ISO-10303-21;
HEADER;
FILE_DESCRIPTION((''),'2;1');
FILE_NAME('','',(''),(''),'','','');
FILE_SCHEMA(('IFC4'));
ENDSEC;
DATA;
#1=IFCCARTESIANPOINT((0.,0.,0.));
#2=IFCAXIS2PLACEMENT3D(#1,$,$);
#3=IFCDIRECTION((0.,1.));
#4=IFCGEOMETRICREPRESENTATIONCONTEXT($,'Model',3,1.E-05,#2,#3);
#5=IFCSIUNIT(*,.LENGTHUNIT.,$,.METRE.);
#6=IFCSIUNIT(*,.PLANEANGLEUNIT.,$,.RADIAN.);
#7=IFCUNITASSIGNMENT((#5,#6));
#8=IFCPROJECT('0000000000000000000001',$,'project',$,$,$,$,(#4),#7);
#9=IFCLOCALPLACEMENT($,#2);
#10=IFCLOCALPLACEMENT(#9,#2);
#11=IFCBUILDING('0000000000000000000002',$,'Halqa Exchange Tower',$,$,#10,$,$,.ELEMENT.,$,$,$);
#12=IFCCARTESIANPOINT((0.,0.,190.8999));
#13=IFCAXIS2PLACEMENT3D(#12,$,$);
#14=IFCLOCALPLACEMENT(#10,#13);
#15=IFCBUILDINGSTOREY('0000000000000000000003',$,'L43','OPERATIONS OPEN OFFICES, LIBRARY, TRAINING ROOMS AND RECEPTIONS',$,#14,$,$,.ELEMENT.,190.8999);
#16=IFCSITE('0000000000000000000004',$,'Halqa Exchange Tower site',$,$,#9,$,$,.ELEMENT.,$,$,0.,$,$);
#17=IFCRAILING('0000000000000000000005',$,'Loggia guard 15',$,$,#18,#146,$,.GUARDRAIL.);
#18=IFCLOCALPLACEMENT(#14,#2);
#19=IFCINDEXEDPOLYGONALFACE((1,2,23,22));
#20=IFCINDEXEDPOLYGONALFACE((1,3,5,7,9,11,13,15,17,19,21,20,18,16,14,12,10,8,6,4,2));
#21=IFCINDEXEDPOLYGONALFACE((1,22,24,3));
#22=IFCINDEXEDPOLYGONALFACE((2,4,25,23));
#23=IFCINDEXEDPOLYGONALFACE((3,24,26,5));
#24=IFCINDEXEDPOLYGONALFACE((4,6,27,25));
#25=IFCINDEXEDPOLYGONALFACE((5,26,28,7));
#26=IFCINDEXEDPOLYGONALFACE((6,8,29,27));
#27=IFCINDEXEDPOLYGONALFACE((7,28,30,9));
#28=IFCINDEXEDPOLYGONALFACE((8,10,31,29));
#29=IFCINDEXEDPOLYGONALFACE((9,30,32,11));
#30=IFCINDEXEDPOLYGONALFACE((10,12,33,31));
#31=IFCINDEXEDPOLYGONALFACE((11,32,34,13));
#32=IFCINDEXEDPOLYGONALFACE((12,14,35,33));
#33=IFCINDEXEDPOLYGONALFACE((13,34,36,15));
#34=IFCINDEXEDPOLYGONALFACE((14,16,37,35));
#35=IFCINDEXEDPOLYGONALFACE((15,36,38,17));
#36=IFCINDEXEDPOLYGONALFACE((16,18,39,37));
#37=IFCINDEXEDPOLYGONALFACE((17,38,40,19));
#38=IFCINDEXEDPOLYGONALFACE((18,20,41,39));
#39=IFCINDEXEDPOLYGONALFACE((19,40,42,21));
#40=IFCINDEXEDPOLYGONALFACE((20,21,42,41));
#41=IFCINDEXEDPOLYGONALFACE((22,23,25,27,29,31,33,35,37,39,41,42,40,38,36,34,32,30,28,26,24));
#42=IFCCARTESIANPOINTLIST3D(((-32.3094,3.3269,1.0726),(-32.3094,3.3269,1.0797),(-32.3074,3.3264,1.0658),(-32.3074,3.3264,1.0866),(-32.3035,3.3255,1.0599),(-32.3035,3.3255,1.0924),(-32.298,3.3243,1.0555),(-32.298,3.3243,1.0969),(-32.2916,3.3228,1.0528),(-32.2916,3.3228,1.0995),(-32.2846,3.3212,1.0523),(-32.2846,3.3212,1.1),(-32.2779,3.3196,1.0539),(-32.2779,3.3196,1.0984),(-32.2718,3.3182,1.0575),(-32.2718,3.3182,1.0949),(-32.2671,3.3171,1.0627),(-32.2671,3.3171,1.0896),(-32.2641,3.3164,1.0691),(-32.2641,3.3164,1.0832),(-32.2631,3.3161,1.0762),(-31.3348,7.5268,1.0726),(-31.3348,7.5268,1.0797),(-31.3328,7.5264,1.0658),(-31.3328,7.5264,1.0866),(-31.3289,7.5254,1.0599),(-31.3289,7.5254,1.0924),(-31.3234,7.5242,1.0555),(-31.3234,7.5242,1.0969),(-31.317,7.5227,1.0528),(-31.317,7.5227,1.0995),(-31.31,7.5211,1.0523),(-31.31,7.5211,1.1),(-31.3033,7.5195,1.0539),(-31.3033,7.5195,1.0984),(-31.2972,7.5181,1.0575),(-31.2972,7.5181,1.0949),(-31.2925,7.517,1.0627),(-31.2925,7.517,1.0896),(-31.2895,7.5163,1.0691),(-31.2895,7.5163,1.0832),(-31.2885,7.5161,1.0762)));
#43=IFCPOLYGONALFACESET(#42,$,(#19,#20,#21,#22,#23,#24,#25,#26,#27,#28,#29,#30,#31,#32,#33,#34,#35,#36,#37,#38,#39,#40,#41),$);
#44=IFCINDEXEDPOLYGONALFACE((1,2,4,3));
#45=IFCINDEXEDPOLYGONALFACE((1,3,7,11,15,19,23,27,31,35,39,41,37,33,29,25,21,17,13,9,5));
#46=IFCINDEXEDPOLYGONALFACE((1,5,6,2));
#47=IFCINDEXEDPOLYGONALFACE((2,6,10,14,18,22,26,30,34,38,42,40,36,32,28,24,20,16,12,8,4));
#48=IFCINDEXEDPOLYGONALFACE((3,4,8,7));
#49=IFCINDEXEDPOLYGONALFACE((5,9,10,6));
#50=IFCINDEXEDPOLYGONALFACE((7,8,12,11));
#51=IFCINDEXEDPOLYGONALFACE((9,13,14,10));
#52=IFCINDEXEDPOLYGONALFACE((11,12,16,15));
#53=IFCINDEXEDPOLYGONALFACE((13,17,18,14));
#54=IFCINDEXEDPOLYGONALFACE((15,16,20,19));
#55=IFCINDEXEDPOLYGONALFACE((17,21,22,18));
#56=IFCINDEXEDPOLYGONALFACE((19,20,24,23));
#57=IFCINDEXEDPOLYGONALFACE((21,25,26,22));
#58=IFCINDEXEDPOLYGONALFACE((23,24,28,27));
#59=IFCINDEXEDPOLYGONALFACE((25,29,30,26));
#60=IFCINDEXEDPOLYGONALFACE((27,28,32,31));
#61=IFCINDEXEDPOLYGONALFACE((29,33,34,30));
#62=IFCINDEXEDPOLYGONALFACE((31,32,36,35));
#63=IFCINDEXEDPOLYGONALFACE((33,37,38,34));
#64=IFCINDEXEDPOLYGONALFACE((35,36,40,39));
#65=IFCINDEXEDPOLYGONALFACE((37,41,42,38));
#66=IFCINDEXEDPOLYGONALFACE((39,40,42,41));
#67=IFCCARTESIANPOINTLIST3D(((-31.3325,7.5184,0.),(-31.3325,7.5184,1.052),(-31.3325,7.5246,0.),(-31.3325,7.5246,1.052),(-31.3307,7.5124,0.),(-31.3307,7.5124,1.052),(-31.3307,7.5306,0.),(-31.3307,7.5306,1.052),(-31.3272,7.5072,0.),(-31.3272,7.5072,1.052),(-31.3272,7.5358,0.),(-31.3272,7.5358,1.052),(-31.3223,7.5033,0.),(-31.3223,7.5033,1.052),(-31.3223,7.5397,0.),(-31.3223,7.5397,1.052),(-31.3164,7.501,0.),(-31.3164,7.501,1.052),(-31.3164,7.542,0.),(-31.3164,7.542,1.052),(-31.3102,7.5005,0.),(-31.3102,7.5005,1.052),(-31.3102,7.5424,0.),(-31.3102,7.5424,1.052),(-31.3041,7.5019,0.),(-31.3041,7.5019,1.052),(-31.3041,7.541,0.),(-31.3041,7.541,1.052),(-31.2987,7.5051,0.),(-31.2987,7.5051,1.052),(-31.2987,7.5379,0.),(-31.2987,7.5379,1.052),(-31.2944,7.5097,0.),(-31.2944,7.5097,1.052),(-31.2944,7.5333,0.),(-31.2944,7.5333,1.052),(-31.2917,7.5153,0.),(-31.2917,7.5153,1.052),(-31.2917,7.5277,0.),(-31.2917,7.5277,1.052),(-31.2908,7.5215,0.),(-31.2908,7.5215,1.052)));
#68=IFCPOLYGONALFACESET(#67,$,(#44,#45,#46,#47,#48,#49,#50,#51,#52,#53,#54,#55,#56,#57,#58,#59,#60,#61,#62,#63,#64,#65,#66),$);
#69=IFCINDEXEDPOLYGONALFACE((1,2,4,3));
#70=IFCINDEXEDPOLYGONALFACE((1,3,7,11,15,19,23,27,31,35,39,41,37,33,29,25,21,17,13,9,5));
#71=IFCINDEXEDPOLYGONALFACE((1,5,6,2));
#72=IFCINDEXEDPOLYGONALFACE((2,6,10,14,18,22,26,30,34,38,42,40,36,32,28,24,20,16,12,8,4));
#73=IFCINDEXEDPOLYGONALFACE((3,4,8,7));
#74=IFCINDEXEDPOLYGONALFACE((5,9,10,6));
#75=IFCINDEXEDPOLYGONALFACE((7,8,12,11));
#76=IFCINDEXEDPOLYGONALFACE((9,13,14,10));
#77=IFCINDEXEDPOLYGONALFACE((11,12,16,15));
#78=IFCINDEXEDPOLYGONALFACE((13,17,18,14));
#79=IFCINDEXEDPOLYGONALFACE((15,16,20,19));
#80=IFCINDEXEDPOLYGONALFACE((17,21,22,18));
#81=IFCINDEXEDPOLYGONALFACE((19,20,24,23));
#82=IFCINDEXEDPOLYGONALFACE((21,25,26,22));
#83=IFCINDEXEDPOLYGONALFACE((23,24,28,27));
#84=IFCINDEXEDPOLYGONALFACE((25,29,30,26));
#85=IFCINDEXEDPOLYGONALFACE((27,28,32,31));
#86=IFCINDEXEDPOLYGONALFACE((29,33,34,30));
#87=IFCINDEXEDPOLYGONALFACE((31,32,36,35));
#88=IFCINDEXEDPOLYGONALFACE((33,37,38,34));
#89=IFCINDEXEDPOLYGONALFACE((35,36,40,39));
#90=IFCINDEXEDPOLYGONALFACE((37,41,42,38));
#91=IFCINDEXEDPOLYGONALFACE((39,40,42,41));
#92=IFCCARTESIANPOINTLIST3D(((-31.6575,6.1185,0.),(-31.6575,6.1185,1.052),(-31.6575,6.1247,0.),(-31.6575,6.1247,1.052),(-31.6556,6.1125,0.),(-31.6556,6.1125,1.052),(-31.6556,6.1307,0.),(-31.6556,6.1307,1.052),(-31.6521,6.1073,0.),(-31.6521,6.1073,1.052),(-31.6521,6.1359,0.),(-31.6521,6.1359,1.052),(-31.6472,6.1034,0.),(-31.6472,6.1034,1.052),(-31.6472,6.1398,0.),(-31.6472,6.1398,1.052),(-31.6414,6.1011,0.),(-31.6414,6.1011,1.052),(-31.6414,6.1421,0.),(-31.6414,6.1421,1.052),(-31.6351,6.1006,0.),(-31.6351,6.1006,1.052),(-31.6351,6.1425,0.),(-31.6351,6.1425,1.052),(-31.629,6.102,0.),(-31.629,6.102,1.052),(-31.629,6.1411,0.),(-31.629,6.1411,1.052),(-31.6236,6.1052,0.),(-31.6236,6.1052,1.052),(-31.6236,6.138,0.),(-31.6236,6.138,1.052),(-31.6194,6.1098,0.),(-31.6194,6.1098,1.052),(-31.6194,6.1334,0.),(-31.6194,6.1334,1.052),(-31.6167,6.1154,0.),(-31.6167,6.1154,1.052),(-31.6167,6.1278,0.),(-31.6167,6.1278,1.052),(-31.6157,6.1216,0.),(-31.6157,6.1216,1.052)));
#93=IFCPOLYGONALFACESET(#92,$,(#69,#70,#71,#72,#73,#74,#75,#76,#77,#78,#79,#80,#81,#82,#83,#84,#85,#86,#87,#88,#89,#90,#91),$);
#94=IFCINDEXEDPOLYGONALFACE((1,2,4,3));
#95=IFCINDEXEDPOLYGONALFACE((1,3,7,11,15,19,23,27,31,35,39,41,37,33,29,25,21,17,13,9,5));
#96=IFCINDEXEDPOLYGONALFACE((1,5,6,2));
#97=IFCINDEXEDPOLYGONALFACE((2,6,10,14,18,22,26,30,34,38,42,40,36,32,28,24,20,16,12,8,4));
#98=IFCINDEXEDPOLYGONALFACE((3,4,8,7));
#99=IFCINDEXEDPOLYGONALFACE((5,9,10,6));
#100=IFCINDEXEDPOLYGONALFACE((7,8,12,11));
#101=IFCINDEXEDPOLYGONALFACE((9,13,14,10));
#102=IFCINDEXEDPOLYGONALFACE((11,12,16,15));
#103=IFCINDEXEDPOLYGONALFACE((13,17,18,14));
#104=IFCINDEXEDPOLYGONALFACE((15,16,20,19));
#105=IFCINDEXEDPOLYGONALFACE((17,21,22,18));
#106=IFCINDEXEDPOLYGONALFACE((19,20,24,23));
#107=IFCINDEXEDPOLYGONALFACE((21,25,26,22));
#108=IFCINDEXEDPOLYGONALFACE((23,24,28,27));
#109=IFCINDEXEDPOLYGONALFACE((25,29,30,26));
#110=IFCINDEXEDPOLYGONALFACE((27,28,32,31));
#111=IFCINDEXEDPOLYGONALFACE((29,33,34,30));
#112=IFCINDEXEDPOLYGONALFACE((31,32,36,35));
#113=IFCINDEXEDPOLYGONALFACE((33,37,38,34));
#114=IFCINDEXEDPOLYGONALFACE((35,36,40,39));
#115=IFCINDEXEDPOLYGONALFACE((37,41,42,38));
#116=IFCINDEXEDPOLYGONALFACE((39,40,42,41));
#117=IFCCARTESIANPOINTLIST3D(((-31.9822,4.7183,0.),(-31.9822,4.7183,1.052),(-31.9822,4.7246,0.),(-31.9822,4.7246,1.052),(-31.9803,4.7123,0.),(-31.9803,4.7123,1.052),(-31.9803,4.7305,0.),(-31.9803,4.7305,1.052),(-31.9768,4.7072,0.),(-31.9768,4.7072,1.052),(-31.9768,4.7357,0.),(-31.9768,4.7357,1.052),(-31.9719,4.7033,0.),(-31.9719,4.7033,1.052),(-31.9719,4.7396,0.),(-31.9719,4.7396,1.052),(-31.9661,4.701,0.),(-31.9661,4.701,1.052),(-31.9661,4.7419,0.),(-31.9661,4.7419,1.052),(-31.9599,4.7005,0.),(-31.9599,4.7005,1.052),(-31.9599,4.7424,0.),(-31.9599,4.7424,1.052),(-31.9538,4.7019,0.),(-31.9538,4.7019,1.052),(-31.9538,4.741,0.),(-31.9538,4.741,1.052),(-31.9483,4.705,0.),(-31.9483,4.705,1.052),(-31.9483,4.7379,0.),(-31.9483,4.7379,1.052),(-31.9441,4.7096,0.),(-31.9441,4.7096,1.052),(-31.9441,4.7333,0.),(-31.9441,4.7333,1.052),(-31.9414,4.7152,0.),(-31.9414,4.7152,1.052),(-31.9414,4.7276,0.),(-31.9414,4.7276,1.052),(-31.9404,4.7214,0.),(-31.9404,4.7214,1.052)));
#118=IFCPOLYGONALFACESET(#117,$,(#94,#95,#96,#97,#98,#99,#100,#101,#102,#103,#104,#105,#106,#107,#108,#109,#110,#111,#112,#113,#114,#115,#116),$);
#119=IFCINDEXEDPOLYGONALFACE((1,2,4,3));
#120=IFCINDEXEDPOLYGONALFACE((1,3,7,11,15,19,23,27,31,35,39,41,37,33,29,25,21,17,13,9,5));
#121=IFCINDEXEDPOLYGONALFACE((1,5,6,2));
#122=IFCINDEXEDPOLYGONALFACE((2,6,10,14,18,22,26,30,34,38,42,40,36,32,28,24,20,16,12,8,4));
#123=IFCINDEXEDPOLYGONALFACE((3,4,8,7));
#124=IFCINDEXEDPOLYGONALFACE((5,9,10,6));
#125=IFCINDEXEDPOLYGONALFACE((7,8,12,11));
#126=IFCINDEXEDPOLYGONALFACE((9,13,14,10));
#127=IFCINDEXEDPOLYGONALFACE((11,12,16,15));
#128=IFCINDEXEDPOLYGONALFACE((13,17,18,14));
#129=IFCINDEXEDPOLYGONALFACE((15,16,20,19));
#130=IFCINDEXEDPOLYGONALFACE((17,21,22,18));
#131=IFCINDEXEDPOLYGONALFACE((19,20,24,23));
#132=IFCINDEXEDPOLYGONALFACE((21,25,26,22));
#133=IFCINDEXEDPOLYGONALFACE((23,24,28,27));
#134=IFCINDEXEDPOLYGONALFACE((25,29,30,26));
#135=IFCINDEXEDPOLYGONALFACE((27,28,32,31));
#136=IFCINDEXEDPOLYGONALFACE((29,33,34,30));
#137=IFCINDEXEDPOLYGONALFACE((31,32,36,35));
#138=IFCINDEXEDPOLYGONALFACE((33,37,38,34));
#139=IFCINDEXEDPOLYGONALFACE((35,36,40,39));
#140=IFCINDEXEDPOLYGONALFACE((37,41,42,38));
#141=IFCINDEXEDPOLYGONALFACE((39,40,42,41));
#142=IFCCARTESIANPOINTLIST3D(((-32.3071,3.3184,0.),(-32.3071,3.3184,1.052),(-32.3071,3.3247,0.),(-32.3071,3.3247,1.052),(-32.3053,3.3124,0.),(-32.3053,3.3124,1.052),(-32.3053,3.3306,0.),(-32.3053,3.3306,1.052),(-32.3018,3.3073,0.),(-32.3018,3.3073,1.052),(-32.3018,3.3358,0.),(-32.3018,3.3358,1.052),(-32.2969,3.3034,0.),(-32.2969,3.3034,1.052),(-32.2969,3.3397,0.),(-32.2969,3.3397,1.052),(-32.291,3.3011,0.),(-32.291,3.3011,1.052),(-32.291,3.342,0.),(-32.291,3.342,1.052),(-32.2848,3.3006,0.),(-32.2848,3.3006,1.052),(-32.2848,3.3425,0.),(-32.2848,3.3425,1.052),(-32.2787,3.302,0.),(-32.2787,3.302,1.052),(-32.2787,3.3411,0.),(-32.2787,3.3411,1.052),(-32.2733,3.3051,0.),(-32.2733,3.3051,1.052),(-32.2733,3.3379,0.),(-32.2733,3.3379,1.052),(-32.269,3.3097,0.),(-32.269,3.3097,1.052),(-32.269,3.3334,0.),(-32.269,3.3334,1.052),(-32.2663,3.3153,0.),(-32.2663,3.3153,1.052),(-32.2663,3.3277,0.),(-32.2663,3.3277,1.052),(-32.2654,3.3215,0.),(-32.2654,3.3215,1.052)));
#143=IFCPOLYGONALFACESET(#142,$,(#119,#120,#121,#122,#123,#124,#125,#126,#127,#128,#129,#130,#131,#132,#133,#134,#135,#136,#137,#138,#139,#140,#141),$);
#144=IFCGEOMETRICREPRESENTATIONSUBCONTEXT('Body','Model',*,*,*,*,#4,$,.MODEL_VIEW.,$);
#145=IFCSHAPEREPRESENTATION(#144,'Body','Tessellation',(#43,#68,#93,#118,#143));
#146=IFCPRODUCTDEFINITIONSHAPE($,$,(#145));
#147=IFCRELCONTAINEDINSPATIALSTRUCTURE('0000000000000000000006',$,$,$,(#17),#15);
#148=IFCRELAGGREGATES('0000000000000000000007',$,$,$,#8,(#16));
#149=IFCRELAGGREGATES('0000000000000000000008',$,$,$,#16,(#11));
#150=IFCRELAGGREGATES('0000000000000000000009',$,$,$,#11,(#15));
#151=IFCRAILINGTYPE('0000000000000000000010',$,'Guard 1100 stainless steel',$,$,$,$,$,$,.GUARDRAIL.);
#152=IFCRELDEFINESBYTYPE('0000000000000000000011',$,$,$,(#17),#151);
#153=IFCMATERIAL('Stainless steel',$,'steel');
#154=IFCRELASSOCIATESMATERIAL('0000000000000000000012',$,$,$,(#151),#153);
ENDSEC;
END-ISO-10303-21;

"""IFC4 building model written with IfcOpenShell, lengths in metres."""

from ifc_helpers import new_model, si_unit, direction, frame, origin, origin_2d, place, context, subcontext, project, spatial, circle, extrude, material, type_object, element, save


model = new_model("IFC4")

# Units and contexts
model_context = context("Model", 3, precision=1e-05, world=origin(), true_north=direction((0.0, 1.0)))
body_context = subcontext(model_context, "Body", "Model", "MODEL_VIEW")
ifc_project = project(units=[si_unit("LENGTHUNIT", "METRE"), si_unit("PLANEANGLEUNIT", "RADIAN")], contexts=[model_context])

# Site, building, storey
site_placement = place(None, origin())
site = spatial("IfcSite", under=ifc_project, at=site_placement, Name="Halqa Exchange Tower site", CompositionType="ELEMENT", RefElevation=0.0)
building_placement = place(site_placement, origin())
building = spatial("IfcBuilding", under=site, at=building_placement, Name="Halqa Exchange Tower", CompositionType="ELEMENT")
storey_placement = place(building_placement, frame((0.0, 0.0, 190.8999)))
storey = spatial("IfcBuildingStorey", under=building, at=storey_placement, Name="L43", Description="OPERATIONS OPEN OFFICES, LIBRARY, TRAINING ROOMS AND RECEPTIONS", CompositionType="ELEMENT", Elevation=190.8999)

# Railing
ifc_material_1 = material(Name="Stainless steel", Category="steel")
railing_type = type_object("IfcRailingType", Name="Guard 1100 stainless steel", PredefinedType="GUARDRAIL", material=ifc_material_1)
railing_1_placement = place(storey_placement, frame((-31.3118, 7.5215, 0.0)))
element("IfcRailing", 1, at=railing_1_placement, inside=storey, type_object=railing_type, Name="Loggia guard 15", PredefinedType="GUARDRAIL", context=body_context, shape_type="SweptSolid", body=[
    extrude(circle(Radius=0.0239, at=origin_2d()), frame((0.0, 0.0, 1.0762), z_axis=(-0.226046, -0.974117, 0.0), x_axis=(0.974117, -0.226046, 0.0)), (0.0, 0.0, 1.0), 4.3115),
    extrude(circle(Radius=0.021, at=origin_2d()), origin(), (0.0, 0.0, 1.0), 1.052),
    extrude(circle(Radius=0.021, at=origin_2d()), frame((-0.325, -1.3999, 0.0)), (0.0, 0.0, 1.0), 1.052),
    extrude(circle(Radius=0.021, at=origin_2d()), frame((-0.6497, -2.8, 0.0)), (0.0, 0.0, 1.0), 1.052),
    extrude(circle(Radius=0.021, at=origin_2d()), frame((-0.9746, -4.2, 0.0)), (0.0, 0.0, 1.0), 1.052),
])

save(model, "model.ifc")
